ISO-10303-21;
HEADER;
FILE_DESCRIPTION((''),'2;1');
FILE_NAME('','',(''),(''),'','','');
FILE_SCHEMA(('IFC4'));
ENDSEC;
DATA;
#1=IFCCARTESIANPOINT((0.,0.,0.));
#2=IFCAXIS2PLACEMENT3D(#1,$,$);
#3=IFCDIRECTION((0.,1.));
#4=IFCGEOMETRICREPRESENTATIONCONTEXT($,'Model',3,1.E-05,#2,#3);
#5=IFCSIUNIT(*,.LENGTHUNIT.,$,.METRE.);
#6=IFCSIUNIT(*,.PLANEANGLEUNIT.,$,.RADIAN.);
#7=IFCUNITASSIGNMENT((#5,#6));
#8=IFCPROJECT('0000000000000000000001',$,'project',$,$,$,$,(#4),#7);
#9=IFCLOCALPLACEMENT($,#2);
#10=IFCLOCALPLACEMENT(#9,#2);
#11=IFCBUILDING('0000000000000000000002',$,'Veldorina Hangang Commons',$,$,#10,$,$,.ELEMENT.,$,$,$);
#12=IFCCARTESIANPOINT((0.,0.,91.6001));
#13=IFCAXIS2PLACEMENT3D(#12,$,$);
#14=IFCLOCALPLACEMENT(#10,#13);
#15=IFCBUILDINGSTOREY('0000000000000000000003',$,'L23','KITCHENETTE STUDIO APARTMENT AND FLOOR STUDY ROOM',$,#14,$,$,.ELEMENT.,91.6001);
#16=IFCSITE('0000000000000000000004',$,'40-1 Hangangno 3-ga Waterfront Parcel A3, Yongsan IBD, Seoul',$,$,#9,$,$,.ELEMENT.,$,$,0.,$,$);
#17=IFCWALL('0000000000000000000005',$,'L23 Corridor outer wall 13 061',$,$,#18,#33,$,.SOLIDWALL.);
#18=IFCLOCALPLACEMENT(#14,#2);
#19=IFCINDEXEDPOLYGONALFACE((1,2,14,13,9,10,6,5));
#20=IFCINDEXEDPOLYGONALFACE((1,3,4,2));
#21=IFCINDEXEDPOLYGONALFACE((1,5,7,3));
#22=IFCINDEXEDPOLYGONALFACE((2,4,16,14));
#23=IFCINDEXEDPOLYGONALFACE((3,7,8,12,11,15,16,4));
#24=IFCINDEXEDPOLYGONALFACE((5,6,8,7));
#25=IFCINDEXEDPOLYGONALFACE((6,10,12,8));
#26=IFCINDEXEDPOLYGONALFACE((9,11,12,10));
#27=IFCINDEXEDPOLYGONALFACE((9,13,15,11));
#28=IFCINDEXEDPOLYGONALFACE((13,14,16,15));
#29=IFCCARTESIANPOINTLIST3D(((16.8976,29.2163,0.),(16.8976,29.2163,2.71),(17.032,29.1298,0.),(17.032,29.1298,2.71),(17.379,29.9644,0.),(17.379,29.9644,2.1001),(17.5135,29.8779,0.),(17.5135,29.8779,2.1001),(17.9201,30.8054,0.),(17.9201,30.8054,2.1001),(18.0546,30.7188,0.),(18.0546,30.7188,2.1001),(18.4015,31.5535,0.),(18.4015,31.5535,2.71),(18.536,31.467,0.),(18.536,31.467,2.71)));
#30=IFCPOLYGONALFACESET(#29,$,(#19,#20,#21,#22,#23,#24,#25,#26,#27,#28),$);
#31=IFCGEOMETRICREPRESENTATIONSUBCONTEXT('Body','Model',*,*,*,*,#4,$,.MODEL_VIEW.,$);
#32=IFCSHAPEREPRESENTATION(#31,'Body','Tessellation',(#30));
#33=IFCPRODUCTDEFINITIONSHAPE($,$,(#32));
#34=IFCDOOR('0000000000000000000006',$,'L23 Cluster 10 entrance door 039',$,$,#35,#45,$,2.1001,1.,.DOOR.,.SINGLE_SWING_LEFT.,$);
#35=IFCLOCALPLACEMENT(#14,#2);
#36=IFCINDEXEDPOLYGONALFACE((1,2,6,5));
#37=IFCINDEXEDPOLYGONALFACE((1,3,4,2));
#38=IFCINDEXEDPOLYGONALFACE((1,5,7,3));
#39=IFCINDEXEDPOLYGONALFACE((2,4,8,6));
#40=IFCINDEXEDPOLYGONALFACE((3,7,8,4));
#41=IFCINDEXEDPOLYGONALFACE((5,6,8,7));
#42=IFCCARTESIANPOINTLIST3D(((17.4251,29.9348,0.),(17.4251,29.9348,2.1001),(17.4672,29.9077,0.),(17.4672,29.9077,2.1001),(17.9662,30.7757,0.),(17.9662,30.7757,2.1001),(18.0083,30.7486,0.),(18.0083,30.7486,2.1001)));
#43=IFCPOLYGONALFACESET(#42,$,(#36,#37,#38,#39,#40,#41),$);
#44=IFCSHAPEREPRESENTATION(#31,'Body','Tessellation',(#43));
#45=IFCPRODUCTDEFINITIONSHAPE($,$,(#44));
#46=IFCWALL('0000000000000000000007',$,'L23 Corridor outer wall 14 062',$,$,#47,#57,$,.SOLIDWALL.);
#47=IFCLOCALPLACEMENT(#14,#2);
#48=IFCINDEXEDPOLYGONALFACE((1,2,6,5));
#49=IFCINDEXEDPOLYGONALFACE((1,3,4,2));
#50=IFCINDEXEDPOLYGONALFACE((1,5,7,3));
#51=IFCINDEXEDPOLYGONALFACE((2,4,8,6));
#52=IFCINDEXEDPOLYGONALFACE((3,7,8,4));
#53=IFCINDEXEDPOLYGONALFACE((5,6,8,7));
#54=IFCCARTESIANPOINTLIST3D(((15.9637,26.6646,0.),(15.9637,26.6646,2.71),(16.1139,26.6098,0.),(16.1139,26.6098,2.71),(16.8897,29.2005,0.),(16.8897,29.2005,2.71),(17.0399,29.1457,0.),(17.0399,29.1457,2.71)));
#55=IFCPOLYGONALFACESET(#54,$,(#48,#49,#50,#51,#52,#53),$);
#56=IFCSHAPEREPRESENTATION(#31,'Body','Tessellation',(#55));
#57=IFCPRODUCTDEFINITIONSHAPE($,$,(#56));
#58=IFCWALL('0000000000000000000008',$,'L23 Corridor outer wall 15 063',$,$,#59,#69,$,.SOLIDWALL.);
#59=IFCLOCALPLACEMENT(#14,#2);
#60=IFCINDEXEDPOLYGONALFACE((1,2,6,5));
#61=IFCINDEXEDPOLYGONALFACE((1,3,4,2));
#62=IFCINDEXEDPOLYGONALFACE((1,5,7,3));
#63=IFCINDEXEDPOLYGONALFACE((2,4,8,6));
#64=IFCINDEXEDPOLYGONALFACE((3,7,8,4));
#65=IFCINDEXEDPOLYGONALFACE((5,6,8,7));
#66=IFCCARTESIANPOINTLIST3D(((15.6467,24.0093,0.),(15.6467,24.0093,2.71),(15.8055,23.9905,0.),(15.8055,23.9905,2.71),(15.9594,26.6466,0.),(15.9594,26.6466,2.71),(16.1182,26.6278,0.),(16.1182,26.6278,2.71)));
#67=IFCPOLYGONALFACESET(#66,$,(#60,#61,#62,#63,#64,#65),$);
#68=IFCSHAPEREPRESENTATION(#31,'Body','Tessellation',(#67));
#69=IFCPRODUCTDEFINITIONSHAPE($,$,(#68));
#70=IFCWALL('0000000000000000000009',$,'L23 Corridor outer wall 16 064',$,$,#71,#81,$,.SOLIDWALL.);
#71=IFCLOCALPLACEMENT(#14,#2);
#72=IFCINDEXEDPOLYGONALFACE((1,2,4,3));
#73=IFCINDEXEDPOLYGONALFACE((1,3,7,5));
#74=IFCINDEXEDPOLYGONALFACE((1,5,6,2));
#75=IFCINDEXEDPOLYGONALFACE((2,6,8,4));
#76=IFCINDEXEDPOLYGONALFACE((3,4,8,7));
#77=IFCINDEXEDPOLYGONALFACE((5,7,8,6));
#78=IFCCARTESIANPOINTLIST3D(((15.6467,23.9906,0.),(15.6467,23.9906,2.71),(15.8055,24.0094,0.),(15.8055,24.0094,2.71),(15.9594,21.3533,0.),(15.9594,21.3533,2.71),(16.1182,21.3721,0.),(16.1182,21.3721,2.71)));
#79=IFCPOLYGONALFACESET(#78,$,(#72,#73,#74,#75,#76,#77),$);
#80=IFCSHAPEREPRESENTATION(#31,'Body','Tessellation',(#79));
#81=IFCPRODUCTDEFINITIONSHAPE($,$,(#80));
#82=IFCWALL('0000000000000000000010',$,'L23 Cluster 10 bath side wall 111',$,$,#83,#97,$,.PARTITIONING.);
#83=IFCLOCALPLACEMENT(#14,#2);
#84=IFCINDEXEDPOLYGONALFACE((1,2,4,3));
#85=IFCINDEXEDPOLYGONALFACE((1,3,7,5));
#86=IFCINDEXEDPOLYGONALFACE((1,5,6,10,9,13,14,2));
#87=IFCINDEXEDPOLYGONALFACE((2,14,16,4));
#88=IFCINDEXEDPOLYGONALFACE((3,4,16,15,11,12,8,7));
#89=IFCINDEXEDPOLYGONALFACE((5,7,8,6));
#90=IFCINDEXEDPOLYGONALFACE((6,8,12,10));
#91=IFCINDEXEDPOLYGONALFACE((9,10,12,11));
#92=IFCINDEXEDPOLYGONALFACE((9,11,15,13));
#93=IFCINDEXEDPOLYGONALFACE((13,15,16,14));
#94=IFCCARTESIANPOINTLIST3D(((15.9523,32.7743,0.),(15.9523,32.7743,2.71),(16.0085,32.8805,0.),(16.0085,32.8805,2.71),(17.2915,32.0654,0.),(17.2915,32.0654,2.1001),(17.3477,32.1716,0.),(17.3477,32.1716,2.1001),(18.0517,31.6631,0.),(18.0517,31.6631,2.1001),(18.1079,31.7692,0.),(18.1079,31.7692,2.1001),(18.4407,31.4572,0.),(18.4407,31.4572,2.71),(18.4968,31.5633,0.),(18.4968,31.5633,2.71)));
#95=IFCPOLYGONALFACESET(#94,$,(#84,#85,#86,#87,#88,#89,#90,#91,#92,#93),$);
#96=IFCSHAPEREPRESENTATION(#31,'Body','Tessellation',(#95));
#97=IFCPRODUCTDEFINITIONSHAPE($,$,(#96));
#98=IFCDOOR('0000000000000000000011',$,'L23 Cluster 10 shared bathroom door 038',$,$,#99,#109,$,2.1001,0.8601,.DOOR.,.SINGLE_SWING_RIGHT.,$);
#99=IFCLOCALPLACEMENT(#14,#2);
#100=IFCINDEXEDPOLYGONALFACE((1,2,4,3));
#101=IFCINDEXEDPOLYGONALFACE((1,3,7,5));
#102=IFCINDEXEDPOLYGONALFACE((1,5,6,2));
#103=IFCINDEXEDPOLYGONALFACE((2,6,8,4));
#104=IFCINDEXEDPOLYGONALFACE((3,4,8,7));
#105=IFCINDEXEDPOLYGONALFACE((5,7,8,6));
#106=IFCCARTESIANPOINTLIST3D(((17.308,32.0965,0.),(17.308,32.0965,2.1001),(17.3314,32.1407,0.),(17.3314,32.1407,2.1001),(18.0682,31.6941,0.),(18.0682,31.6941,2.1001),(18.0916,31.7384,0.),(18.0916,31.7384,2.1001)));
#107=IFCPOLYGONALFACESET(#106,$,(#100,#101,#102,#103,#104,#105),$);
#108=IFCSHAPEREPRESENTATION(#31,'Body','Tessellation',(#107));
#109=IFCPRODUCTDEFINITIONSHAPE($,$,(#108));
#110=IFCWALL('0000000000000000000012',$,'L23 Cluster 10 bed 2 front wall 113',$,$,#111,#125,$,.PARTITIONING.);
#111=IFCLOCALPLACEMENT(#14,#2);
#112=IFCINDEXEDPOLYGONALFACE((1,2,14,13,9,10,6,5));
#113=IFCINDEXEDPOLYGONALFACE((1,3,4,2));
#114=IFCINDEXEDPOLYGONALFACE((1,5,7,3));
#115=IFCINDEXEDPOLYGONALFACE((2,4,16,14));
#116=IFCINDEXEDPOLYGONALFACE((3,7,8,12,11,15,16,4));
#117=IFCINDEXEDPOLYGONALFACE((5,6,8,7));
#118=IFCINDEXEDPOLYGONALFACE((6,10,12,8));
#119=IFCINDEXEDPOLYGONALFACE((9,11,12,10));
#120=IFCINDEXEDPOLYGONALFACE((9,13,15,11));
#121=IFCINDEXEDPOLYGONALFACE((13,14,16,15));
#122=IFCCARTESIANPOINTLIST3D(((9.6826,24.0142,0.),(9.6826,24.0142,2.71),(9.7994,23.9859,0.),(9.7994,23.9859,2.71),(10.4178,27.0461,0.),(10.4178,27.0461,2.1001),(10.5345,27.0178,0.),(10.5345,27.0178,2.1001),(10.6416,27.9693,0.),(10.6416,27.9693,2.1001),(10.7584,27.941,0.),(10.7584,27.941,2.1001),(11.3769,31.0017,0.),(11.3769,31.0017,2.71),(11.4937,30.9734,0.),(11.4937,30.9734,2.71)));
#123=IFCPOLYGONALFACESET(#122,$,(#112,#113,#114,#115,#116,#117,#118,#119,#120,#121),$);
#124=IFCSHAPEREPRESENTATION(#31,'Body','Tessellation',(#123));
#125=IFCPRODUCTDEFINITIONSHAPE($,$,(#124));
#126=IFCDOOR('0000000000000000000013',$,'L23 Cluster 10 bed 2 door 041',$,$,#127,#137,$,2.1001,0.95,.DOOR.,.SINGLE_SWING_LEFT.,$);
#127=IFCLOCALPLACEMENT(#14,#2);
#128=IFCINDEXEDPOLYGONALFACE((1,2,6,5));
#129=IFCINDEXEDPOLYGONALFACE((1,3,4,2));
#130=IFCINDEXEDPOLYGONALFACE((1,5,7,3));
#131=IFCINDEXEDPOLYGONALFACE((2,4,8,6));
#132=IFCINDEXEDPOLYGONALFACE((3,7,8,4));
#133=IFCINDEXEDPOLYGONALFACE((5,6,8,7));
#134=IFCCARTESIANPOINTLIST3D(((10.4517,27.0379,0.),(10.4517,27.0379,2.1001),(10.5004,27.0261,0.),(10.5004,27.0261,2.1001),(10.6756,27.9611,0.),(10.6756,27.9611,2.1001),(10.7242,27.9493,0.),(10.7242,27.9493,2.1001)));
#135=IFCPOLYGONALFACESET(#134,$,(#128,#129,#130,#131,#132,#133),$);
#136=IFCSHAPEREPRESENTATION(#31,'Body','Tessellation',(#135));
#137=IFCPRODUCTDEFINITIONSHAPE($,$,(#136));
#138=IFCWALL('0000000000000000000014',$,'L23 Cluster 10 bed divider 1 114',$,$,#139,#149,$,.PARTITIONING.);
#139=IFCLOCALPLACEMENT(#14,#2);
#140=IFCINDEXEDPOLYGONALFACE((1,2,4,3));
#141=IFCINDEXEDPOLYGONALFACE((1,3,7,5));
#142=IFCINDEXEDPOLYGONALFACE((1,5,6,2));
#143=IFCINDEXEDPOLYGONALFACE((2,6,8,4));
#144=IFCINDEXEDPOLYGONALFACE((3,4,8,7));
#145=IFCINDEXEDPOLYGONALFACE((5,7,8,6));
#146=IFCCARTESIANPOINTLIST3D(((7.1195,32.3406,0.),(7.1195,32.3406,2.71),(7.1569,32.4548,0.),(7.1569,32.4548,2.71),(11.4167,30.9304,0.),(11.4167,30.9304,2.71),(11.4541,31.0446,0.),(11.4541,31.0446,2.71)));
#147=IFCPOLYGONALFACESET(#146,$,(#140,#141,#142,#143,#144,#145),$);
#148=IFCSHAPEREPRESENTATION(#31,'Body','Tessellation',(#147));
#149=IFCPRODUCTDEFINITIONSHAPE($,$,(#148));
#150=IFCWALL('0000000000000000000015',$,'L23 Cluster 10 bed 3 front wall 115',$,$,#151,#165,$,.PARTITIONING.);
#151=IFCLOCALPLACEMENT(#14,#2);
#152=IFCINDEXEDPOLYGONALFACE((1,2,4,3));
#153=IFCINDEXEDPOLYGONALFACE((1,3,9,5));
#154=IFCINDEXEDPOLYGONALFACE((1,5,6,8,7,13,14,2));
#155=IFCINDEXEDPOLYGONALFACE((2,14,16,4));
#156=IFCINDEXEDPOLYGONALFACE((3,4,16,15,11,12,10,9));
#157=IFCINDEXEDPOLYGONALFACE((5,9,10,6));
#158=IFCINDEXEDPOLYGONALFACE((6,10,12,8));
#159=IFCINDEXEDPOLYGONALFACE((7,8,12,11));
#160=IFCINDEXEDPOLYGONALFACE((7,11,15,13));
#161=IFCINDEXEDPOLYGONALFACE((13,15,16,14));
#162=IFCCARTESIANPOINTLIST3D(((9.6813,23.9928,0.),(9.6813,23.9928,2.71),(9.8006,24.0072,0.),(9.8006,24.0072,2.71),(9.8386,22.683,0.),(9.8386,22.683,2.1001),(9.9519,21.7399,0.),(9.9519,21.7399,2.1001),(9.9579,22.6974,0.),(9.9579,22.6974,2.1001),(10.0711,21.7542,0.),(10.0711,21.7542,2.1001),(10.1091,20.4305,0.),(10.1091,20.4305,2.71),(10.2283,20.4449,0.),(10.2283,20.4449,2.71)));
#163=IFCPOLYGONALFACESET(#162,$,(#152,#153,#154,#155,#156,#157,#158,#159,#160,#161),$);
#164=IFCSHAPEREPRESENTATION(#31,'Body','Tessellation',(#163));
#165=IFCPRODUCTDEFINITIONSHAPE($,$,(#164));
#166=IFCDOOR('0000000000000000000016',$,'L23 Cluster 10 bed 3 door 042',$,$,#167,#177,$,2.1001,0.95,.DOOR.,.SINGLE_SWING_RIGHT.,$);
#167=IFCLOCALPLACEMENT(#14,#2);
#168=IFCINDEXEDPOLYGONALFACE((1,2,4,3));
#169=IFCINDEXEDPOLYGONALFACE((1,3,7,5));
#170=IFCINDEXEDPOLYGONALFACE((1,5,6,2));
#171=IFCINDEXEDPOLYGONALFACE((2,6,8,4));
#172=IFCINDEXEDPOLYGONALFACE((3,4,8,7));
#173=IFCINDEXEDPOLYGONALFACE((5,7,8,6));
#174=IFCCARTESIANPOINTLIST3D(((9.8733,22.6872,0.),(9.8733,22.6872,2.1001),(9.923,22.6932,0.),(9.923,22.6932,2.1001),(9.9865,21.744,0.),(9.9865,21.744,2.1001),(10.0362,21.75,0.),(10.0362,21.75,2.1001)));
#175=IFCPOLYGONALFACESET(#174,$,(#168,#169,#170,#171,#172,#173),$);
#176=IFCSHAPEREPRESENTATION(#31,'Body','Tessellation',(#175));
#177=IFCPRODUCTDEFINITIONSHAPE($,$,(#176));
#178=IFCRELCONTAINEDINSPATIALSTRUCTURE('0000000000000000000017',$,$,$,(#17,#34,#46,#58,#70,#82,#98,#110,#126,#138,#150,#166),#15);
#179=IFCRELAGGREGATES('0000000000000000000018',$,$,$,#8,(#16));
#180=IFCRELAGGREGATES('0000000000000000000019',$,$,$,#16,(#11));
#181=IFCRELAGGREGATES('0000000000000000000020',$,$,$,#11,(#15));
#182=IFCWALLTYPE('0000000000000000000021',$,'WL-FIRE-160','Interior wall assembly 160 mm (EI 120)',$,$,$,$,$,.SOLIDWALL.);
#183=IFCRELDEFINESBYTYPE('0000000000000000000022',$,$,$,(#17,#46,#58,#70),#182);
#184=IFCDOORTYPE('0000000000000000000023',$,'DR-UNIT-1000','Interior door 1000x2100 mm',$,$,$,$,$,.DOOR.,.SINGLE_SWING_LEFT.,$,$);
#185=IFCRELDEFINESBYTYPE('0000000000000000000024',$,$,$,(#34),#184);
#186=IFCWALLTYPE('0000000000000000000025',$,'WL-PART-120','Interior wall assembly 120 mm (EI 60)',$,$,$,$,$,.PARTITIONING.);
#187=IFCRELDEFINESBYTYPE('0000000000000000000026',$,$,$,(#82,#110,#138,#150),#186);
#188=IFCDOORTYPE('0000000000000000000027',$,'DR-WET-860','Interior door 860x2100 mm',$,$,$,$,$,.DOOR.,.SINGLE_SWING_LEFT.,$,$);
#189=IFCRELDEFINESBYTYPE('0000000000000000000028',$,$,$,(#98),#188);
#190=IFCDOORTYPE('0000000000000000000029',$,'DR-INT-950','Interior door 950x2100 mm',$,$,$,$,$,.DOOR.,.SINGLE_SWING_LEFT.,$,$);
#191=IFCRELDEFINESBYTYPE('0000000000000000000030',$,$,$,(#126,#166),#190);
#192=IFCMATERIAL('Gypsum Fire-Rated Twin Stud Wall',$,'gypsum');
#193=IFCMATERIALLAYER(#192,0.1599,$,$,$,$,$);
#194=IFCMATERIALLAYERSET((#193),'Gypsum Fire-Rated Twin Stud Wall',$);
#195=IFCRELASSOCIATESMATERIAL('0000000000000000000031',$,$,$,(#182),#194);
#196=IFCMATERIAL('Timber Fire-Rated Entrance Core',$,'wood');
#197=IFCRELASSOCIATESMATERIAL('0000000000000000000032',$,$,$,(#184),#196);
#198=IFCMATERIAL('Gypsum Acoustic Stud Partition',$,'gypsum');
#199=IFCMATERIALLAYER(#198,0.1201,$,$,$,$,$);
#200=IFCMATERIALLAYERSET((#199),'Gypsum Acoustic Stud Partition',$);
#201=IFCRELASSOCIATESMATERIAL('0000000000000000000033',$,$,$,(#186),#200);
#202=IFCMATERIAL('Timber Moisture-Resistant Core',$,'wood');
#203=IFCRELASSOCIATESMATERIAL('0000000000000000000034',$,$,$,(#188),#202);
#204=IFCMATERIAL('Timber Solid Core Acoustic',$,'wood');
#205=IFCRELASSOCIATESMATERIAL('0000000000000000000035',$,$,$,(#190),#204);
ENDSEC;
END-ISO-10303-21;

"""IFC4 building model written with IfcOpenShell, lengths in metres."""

from ifc_helpers import new_model, si_unit, direction, frame, frame_2d, origin, place, context, subcontext, project, spatial, rectangle, extrude, material, layer, layer_set, type_object, element, fill, save


model = new_model("IFC4")

# Units and contexts
model_context = context("Model", 3, precision=1e-05, world=origin(), true_north=direction((0.0, 1.0)))
body_context = subcontext(model_context, "Body", "Model", "MODEL_VIEW")
ifc_project = project(units=[si_unit("LENGTHUNIT", "METRE"), si_unit("PLANEANGLEUNIT", "RADIAN")], contexts=[model_context])

# Site, building, storey
site_placement = place(None, origin())
site = spatial("IfcSite", under=ifc_project, at=site_placement, Name="40-1 Hangangno 3-ga Waterfront Parcel A3, Yongsan IBD, Seoul", CompositionType="ELEMENT", RefElevation=0.0)
building_placement = place(site_placement, origin())
building = spatial("IfcBuilding", under=site, at=building_placement, Name="Veldorina Hangang Commons", CompositionType="ELEMENT")
storey_placement = place(building_placement, frame((0.0, 0.0, 91.6001)))
storey = spatial("IfcBuildingStorey", under=building, at=storey_placement, Name="L23", Description="KITCHENETTE STUDIO APARTMENT AND FLOOR STUDY ROOM", CompositionType="ELEMENT", Elevation=91.6001)

# Wall, opening, door
ifc_material_1 = material(Name="Gypsum Fire-Rated Twin Stud Wall", Category="gypsum")
ifc_layer_1 = layer(ifc_material_1, 0.1599)
ifc_layer_set_1 = layer_set([ifc_layer_1], Name="Gypsum Fire-Rated Twin Stud Wall")
wall_type_1 = type_object("IfcWallType", Name="WL-FIRE-160", Description="Interior wall assembly 160 mm (EI 120)", PredefinedType="SOLIDWALL", material=ifc_layer_set_1)
wall_1_placement = place(storey_placement, frame((18.4688, 31.5103, 0.0), z_axis=(0.0, 0.0, 1.0), x_axis=(-0.541126, -0.840941, 0.0)))
wall_1 = element("IfcWall", 1, at=wall_1_placement, inside=storey, type_object=wall_type_1, Name="L23 Corridor outer wall 13 061", PredefinedType="SOLIDWALL", context=body_context, shape_type="SweptSolid", body=[
    extrude(rectangle(XDim=2.7793, YDim=0.1599, at=frame_2d((1.3896, 0.0))), origin(), (0.0, 0.0, 1.0), 2.71),
])
opening_1_placement = place(wall_1_placement, frame((0.8896, 0.0, 0.0)))
opening_1 = element("IfcOpeningElement", 2, at=opening_1_placement, cuts=wall_1, PredefinedType="OPENING", context=body_context, shape_type="SweptSolid", body=[
    extrude(rectangle(XDim=1.0, YDim=2.1001, at=frame_2d((0.5, 1.05))), frame((0.0, 0.0898, 0.0), z_axis=(0.0, -1.0, 0.0), x_axis=(1.0, 0.0, 0.0)), (0.0, 0.0, 1.0), 0.1799),
])
ifc_material_2 = material(Name="Timber Fire-Rated Entrance Core", Category="wood")
door_type_1 = type_object("IfcDoorType", Name="DR-UNIT-1000", Description="Interior door 1000x2100 mm", OperationType="SINGLE_SWING_LEFT", PredefinedType="DOOR", material=ifc_material_2)
door_1_placement = place(opening_1_placement, origin())
door_1 = element("IfcDoor", 3, at=door_1_placement, inside=storey, type_object=door_type_1, Name="L23 Cluster 10 entrance door 039", OperationType="SINGLE_SWING_LEFT", OverallHeight=2.1001, OverallWidth=1.0, PredefinedType="DOOR", context=body_context, shape_type="SweptSolid", body=[
    extrude(rectangle(XDim=1.0, YDim=2.1001, at=frame_2d((0.5, 1.05))), frame((0.0, 0.0249, 0.0), z_axis=(0.0, -1.0, 0.0), x_axis=(1.0, 0.0, 0.0)), (0.0, 0.0, 1.0), 0.05),
])
fill(opening_1, door_1)

# Walls
wall_2_placement = place(storey_placement, frame((16.9648, 29.1731, 0.0), z_axis=(0.0, 0.0, 1.0), x_axis=(-0.343013, -0.93933, 0.0)))
element("IfcWall", 4, at=wall_2_placement, inside=storey, type_object=wall_type_1, Name="L23 Corridor outer wall 14 062", PredefinedType="SOLIDWALL", context=body_context, shape_type="SweptSolid", body=[
    extrude(rectangle(XDim=2.6997, YDim=0.1599, at=frame_2d((1.3499, 0.0))), origin(), (0.0, 0.0, 1.0), 2.71),
])
for number, where, z_axis, x_axis, name in (
    (5, (16.0388, 26.6372, 0.0), (0.0, 0.0, 1.0), (-0.117764, -0.993042, 0.0), "L23 Corridor outer wall 15 063"),
    (6, (15.7261, 24.0, 0.0), (0.0, 0.0, 1.0), (0.117764, -0.993042, 0.0), "L23 Corridor outer wall 16 064"),
):
    element("IfcWall", number, at=place(storey_placement, frame(where, z_axis=z_axis, x_axis=x_axis)), inside=storey, type_object=wall_type_1, Name=name, PredefinedType="SOLIDWALL", context=body_context, shape_type="SweptSolid", body=[
        extrude(rectangle(XDim=2.6558, YDim=0.1599, at=frame_2d((1.3279, 0.0))), origin(), (0.0, 0.0, 1.0), 2.71),
    ])

# Walls, openings, doors
ifc_material_3 = material(Name="Gypsum Acoustic Stud Partition", Category="gypsum")
ifc_layer_2 = layer(ifc_material_3, 0.1201)
ifc_layer_set_2 = layer_set([ifc_layer_2], Name="Gypsum Acoustic Stud Partition")
wall_type_2 = type_object("IfcWallType", Name="WL-PART-120", Description="Interior wall assembly 120 mm (EI 60)", PredefinedType="PARTITIONING", material=ifc_layer_set_2)
wall_3_placement = place(storey_placement, frame((18.4688, 31.5103, 0.0), z_axis=(0.0, 0.0, 1.0), x_axis=(-0.883815, 0.467836, 0.0)))
wall_3 = element("IfcWall", 7, at=wall_3_placement, inside=storey, type_object=wall_type_2, Name="L23 Cluster 10 bath side wall 111", PredefinedType="PARTITIONING", context=body_context, shape_type="SweptSolid", body=[
    extrude(rectangle(XDim=2.8154, YDim=0.1201, at=frame_2d((1.4077, 0.0))), origin(), (0.0, 0.0, 1.0), 2.71),
])
opening_2_placement = place(wall_3_placement, frame((0.4399, 0.0, 0.0)))
opening_2 = element("IfcOpeningElement", 8, at=opening_2_placement, cuts=wall_3, PredefinedType="OPENING", context=body_context, shape_type="SweptSolid", body=[
    extrude(rectangle(XDim=0.8601, YDim=2.1001, at=frame_2d((0.4302, 1.05))), frame((0.0, 0.0701, 0.0), z_axis=(0.0, -1.0, 0.0), x_axis=(1.0, 0.0, 0.0)), (0.0, 0.0, 1.0), 0.1401),
])
ifc_material_4 = material(Name="Timber Moisture-Resistant Core", Category="wood")
door_type_2 = type_object("IfcDoorType", Name="DR-WET-860", Description="Interior door 860x2100 mm", OperationType="SINGLE_SWING_LEFT", PredefinedType="DOOR", material=ifc_material_4)
door_2_placement = place(opening_2_placement, origin())
door_2 = element("IfcDoor", 9, at=door_2_placement, inside=storey, type_object=door_type_2, Name="L23 Cluster 10 shared bathroom door 038", OperationType="SINGLE_SWING_RIGHT", OverallHeight=2.1001, OverallWidth=0.8601, PredefinedType="DOOR", context=body_context, shape_type="SweptSolid", body=[
    extrude(rectangle(XDim=0.8601, YDim=2.1001, at=frame_2d((0.4302, 1.05))), frame((0.0, 0.0249, 0.0), z_axis=(0.0, -1.0, 0.0), x_axis=(1.0, 0.0, 0.0)), (0.0, 0.0, 1.0), 0.05),
])
fill(opening_2, door_2)
wall_4_placement = place(storey_placement, frame((11.4353, 30.9875, 0.0), z_axis=(0.0, 0.0, 1.0), x_axis=(-0.235651, -0.971838, 0.0)))
wall_4 = element("IfcWall", 10, at=wall_4_placement, inside=storey, type_object=wall_type_2, Name="L23 Cluster 10 bed 2 front wall 113", PredefinedType="PARTITIONING", context=body_context, shape_type="SweptSolid", body=[
    extrude(rectangle(XDim=7.1899, YDim=0.1201, at=frame_2d((3.595, 0.0))), origin(), (0.0, 0.0, 1.0), 2.71),
])
opening_3_placement = place(wall_4_placement, frame((3.1201, 0.0, 0.0)))
opening_3 = element("IfcOpeningElement", 11, at=opening_3_placement, cuts=wall_4, PredefinedType="OPENING", context=body_context, shape_type="SweptSolid", body=[
    extrude(rectangle(XDim=0.95, YDim=2.1001, at=frame_2d((0.4751, 1.05))), frame((0.0, 0.0701, 0.0), z_axis=(0.0, -1.0, 0.0), x_axis=(1.0, 0.0, 0.0)), (0.0, 0.0, 1.0), 0.1401),
])
ifc_material_5 = material(Name="Timber Solid Core Acoustic", Category="wood")
door_type_3 = type_object("IfcDoorType", Name="DR-INT-950", Description="Interior door 950x2100 mm", OperationType="SINGLE_SWING_LEFT", PredefinedType="DOOR", material=ifc_material_5)
door_3_placement = place(opening_3_placement, origin())
door_3 = element("IfcDoor", 12, at=door_3_placement, inside=storey, type_object=door_type_3, Name="L23 Cluster 10 bed 2 door 041", OperationType="SINGLE_SWING_LEFT", OverallHeight=2.1001, OverallWidth=0.95, PredefinedType="DOOR", context=body_context, shape_type="SweptSolid", body=[
    extrude(rectangle(XDim=0.95, YDim=2.1001, at=frame_2d((0.4751, 1.05))), frame((0.0, 0.0249, 0.0), z_axis=(0.0, -1.0, 0.0), x_axis=(1.0, 0.0, 0.0)), (0.0, 0.0, 1.0), 0.05),
])
fill(opening_3, door_3)

# Wall
wall_5_placement = place(storey_placement, frame((11.4353, 30.9875, 0.0), z_axis=(0.0, 0.0, 1.0), x_axis=(-0.950147, 0.311803, 0.0)))
element("IfcWall", 13, at=wall_5_placement, inside=storey, type_object=wall_type_2, Name="L23 Cluster 10 bed divider 1 114", PredefinedType="PARTITIONING", context=body_context, shape_type="SweptSolid", body=[
    extrude(rectangle(XDim=4.5227, YDim=0.1201, at=frame_2d((2.2612, 0.0))), origin(), (0.0, 0.0, 1.0), 2.71),
])

# Wall, opening, door
wall_6_placement = place(storey_placement, frame((9.741, 24.0, 0.0), z_axis=(0.0, 0.0, 1.0), x_axis=(0.119218, -0.992868, 0.0)))
wall_6 = element("IfcWall", 14, at=wall_6_placement, inside=storey, type_object=wall_type_2, Name="L23 Cluster 10 bed 3 front wall 115", PredefinedType="PARTITIONING", context=body_context, shape_type="SweptSolid", body=[
    extrude(rectangle(XDim=3.5879, YDim=0.1201, at=frame_2d((1.7939, 0.0))), origin(), (0.0, 0.0, 1.0), 2.71),
])
opening_4_placement = place(wall_6_placement, frame((1.3191, 0.0, 0.0)))
opening_4 = element("IfcOpeningElement", 15, at=opening_4_placement, cuts=wall_6, PredefinedType="OPENING", context=body_context, shape_type="SweptSolid", body=[
    extrude(rectangle(XDim=0.95, YDim=2.1001, at=frame_2d((0.4751, 1.05))), frame((0.0, 0.0701, 0.0), z_axis=(0.0, -1.0, 0.0), x_axis=(1.0, 0.0, 0.0)), (0.0, 0.0, 1.0), 0.1401),
])
door_4_placement = place(opening_4_placement, origin())
door_4 = element("IfcDoor", 16, at=door_4_placement, inside=storey, type_object=door_type_3, Name="L23 Cluster 10 bed 3 door 042", OperationType="SINGLE_SWING_RIGHT", OverallHeight=2.1001, OverallWidth=0.95, PredefinedType="DOOR", context=body_context, shape_type="SweptSolid", body=[
    extrude(rectangle(XDim=0.95, YDim=2.1001, at=frame_2d((0.4751, 1.05))), frame((0.0, 0.0249, 0.0), z_axis=(0.0, -1.0, 0.0), x_axis=(1.0, 0.0, 0.0)), (0.0, 0.0, 1.0), 0.05),
])
fill(opening_4, door_4)

save(model, "model.ifc")
